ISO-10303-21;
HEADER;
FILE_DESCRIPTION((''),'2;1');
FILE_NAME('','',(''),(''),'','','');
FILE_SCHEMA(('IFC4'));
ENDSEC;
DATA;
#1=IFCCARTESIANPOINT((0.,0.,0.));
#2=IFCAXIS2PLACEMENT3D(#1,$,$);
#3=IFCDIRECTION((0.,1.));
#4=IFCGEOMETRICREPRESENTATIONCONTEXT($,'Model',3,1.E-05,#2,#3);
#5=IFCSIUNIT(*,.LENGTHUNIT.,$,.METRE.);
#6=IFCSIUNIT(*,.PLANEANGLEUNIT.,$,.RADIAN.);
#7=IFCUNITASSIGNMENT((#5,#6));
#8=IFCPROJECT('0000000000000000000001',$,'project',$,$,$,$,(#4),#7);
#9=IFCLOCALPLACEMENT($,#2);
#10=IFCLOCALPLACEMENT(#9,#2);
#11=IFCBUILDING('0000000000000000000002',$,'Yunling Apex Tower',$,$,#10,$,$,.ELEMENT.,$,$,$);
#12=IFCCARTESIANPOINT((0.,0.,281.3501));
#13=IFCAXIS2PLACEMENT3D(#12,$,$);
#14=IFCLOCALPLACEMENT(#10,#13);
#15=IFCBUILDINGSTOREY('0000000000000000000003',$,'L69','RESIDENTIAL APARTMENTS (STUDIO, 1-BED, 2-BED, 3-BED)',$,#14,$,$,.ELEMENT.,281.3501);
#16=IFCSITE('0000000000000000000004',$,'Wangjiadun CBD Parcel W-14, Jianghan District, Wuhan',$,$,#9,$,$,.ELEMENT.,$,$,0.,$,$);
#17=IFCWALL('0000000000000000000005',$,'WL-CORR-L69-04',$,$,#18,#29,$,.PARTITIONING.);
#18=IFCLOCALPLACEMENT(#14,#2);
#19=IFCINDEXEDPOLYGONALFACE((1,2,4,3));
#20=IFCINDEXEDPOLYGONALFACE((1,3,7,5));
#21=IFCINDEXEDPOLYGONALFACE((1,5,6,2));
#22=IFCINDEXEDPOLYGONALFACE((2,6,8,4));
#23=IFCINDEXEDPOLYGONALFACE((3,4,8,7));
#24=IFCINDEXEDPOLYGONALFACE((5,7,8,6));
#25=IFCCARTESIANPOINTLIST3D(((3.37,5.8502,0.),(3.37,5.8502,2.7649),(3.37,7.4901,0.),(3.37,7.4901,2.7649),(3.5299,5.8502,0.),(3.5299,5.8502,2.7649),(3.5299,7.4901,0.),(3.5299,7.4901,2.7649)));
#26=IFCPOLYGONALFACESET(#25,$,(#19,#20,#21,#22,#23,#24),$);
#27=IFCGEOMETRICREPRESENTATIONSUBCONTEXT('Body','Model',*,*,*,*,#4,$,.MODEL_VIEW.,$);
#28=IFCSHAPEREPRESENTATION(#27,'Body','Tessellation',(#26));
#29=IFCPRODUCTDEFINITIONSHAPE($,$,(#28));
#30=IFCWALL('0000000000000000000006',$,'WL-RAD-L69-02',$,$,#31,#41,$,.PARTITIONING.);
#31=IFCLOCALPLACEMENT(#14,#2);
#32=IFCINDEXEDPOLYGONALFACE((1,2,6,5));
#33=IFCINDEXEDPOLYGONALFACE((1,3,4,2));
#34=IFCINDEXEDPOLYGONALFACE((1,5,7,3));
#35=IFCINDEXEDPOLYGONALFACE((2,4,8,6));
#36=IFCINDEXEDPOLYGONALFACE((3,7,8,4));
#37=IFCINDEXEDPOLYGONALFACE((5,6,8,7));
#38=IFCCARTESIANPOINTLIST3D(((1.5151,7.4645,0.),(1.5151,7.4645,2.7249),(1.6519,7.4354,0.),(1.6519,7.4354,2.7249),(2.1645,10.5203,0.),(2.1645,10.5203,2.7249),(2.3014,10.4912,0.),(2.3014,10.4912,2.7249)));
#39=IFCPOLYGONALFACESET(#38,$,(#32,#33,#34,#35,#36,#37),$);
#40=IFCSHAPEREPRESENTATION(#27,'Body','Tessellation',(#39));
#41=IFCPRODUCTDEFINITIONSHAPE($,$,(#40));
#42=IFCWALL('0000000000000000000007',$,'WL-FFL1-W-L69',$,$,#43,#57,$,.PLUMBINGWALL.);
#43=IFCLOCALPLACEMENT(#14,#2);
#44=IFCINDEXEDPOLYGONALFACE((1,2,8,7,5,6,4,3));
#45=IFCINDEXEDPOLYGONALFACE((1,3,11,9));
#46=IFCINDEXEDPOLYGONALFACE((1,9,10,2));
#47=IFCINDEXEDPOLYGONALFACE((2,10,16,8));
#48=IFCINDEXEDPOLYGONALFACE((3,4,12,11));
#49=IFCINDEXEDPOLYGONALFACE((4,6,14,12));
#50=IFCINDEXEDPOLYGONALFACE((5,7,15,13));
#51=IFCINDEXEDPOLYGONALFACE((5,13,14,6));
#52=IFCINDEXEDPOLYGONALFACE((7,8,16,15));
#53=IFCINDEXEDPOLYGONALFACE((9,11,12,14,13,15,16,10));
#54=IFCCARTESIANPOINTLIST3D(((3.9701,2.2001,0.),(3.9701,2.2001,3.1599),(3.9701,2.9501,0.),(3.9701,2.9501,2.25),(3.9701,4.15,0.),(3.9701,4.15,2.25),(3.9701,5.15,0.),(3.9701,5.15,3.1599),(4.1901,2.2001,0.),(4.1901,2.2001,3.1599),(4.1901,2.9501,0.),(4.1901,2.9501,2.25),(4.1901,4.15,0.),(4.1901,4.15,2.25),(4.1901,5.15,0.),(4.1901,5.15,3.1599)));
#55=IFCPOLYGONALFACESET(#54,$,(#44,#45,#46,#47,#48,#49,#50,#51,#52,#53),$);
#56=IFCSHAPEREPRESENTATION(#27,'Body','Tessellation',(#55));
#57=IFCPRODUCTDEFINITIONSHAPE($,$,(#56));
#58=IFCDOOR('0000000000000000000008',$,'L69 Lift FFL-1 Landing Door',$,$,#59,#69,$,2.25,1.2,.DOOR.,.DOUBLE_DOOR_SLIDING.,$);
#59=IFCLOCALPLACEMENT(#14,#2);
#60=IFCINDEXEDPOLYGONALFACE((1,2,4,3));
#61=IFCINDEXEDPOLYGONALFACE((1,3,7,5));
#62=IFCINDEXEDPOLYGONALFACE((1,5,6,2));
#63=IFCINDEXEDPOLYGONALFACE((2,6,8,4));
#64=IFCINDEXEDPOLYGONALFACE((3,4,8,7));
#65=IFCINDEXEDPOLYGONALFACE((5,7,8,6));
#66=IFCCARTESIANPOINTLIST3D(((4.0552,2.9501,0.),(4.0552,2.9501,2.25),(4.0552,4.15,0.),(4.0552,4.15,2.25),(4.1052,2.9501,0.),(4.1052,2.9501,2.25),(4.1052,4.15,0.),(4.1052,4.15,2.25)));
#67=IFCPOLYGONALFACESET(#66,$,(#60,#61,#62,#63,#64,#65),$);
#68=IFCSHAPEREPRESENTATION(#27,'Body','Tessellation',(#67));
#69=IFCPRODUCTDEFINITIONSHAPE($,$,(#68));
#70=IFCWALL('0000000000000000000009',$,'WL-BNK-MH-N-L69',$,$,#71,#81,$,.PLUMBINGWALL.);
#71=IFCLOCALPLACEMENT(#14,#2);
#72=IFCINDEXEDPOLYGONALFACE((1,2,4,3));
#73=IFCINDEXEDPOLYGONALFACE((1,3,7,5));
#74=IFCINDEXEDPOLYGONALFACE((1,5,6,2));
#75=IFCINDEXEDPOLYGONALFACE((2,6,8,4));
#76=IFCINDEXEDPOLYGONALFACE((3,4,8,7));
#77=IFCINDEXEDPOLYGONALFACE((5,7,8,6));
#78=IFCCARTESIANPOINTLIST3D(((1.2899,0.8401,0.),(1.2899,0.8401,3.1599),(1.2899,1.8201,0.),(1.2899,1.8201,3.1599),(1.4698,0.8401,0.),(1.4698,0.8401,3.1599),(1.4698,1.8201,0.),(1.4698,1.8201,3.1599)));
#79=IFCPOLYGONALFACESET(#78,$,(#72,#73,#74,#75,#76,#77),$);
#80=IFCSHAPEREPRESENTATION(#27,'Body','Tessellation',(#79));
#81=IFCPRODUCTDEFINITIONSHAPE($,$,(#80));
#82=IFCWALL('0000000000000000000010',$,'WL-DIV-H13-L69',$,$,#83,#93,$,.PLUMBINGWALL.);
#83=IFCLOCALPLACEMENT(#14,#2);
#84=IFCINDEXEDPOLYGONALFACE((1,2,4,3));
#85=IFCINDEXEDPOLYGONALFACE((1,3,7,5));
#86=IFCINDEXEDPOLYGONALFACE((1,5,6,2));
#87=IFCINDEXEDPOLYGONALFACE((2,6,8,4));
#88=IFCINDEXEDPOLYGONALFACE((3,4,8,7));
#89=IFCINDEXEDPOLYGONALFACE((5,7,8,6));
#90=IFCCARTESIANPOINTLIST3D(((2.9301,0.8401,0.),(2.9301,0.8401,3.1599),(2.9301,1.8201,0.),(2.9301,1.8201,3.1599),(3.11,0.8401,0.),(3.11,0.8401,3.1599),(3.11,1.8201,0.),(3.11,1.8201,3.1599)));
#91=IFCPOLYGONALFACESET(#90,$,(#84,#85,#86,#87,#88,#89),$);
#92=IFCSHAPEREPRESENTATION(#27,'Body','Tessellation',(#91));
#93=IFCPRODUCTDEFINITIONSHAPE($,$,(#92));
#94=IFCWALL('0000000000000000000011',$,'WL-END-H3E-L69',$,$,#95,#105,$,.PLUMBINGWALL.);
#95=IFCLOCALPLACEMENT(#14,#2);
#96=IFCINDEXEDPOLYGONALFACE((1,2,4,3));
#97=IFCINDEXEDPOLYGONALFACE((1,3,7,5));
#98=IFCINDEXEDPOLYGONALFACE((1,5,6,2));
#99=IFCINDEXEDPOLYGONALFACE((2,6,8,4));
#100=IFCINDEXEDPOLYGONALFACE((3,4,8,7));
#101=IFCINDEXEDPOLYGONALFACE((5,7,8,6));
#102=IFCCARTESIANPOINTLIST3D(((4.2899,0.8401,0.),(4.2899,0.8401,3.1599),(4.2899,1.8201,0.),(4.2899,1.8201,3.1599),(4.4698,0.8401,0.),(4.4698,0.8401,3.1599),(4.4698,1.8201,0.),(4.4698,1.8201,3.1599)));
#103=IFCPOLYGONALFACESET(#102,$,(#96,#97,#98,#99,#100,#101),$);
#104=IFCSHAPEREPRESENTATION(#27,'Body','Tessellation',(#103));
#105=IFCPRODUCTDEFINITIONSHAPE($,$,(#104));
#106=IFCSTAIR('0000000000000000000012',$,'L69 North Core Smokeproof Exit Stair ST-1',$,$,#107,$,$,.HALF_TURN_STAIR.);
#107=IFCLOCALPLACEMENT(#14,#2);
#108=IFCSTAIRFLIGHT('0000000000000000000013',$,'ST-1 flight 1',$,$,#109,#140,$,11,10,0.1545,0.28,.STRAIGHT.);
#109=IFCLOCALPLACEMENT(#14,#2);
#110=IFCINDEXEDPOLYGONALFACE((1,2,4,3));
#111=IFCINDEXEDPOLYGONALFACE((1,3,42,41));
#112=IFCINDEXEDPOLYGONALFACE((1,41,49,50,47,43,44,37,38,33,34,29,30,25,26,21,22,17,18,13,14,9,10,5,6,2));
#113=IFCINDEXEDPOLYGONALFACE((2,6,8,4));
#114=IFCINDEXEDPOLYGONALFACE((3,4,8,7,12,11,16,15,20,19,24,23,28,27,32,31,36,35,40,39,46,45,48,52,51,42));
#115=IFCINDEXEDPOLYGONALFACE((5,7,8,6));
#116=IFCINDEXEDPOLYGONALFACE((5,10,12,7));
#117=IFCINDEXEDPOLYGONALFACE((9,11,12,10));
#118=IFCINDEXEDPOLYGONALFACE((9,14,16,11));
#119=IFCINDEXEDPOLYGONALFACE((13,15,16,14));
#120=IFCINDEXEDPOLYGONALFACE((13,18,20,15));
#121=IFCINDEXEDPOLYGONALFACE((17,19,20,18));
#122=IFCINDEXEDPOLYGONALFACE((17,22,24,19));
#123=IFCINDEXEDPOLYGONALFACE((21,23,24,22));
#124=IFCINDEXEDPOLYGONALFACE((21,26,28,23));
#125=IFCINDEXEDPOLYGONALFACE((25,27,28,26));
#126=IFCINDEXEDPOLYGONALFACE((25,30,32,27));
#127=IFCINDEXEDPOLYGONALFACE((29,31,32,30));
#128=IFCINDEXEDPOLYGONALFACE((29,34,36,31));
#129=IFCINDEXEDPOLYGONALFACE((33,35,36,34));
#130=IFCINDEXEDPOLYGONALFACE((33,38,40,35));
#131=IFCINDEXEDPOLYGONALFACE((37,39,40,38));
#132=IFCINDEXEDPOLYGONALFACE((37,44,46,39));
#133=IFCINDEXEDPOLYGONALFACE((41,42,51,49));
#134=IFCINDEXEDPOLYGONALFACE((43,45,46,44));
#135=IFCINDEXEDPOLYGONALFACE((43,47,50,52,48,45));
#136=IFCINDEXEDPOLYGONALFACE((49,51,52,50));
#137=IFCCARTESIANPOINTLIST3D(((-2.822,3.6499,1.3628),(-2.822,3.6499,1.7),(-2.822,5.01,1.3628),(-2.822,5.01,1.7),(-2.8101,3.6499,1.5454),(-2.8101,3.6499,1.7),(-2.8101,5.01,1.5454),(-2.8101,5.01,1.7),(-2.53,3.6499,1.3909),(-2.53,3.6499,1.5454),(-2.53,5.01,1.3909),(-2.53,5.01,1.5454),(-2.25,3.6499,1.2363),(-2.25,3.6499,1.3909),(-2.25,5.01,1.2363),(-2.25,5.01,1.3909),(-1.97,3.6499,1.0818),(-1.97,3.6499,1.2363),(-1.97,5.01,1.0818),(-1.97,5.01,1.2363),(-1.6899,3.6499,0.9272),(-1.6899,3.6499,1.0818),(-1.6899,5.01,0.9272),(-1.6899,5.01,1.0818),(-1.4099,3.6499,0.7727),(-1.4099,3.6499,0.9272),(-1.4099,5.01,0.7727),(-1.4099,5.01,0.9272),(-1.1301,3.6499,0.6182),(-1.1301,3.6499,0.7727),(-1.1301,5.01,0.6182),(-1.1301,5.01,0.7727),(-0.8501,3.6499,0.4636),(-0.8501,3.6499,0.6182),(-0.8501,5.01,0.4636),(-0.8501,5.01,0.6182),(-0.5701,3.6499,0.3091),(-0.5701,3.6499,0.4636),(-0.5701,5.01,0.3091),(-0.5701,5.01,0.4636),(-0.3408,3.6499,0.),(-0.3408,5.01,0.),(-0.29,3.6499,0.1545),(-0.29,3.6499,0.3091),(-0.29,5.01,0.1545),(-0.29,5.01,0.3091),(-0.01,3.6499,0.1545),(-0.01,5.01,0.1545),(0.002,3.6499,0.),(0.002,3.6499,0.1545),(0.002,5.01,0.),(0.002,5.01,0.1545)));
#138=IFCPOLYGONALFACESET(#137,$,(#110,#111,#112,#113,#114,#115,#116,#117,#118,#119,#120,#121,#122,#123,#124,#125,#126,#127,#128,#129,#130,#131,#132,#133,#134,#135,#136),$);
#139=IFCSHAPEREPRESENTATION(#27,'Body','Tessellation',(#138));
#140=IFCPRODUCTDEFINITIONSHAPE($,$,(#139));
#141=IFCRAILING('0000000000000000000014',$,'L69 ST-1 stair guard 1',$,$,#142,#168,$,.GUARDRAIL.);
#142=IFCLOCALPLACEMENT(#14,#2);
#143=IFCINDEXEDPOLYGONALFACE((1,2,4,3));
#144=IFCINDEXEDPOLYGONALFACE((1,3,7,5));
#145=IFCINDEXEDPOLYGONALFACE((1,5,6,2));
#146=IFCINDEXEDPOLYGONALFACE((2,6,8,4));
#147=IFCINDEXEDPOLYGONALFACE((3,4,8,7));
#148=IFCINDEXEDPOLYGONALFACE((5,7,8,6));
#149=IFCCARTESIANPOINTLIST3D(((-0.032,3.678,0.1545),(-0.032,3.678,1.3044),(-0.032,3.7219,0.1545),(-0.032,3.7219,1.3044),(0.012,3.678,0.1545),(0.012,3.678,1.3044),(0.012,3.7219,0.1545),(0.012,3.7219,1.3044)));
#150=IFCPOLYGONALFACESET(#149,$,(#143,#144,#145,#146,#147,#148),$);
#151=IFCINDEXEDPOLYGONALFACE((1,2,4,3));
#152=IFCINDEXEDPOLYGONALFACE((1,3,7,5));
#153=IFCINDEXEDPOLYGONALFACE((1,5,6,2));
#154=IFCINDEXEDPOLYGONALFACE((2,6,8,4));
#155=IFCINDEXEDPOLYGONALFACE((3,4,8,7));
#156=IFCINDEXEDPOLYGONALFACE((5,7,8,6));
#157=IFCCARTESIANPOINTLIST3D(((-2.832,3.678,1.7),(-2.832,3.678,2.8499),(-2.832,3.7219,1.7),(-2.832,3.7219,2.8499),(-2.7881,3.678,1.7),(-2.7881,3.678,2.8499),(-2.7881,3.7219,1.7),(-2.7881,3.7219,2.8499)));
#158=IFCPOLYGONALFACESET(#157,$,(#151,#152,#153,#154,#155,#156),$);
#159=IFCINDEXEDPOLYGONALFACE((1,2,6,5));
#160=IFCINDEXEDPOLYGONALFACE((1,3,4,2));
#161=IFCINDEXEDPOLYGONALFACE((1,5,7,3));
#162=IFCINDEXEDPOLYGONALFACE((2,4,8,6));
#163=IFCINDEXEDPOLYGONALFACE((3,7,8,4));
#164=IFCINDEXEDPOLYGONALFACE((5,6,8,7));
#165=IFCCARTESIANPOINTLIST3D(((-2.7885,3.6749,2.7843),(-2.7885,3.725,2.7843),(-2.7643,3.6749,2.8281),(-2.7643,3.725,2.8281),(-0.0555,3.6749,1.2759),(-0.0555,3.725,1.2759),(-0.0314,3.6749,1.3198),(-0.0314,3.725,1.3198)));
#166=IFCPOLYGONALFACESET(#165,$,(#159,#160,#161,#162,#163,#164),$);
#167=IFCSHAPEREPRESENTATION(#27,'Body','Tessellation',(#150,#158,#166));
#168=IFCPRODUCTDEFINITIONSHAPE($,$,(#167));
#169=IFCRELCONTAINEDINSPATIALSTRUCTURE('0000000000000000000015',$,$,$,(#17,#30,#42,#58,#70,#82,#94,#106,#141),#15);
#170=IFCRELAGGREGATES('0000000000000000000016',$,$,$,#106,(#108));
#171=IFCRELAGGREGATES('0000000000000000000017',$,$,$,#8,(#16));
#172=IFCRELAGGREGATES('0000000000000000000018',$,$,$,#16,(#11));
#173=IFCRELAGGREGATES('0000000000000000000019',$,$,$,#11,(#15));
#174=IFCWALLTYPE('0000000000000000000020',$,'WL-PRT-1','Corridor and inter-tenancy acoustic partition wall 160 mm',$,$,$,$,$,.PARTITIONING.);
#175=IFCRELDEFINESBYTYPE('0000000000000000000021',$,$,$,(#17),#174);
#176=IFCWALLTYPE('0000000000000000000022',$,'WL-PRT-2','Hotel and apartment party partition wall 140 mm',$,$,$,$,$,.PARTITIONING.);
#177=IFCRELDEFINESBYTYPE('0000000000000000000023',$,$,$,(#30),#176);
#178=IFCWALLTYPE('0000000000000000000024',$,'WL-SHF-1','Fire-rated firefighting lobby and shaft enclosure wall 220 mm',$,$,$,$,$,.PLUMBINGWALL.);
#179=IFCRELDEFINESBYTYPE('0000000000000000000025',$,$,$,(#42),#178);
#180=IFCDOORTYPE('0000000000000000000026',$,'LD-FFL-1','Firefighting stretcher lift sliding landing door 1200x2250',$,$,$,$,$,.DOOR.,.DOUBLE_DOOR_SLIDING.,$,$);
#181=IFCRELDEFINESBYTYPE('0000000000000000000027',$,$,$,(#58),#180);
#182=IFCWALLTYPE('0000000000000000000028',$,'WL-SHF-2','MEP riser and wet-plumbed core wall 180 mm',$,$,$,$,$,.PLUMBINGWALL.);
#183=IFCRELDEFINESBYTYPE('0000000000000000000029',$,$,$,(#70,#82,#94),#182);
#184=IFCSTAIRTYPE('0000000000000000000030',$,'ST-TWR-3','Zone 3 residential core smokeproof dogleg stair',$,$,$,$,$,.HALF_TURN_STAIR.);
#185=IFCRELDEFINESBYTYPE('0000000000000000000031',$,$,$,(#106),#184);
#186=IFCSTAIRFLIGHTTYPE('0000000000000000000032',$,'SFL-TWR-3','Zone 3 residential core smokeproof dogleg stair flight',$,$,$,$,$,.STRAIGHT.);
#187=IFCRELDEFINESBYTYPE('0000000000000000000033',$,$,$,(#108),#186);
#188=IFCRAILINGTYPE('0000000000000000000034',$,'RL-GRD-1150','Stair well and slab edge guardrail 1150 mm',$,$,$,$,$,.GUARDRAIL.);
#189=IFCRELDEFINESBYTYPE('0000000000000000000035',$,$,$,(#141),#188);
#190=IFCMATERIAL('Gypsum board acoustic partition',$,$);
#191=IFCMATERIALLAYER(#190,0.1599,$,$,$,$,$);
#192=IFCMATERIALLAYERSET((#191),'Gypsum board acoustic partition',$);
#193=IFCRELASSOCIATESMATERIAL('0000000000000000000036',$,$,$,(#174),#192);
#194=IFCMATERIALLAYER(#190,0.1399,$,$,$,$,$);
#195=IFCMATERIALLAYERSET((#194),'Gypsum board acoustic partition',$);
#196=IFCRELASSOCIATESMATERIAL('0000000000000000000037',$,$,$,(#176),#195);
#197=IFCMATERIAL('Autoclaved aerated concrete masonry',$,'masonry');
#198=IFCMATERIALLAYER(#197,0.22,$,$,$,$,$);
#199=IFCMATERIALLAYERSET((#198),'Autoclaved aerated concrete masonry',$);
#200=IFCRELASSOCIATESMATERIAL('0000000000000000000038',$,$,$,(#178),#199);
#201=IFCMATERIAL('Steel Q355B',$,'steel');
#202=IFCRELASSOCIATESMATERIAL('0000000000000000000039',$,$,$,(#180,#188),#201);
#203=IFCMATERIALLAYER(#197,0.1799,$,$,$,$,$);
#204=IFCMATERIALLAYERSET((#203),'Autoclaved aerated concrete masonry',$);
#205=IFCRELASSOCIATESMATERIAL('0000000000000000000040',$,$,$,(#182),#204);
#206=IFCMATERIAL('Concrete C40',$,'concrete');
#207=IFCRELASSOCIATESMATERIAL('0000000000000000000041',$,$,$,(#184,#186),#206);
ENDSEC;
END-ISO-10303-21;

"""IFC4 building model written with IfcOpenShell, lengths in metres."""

from ifc_helpers import new_model, si_unit, direction, frame, frame_2d, origin, origin_2d, place, context, subcontext, project, spatial, polyline, rectangle, outline, extrude, material, layer, layer_set, type_object, element, fill, aggregate, save


model = new_model("IFC4")

# Units and contexts
model_context = context("Model", 3, precision=1e-05, world=origin(), true_north=direction((0.0, 1.0)))
body_context = subcontext(model_context, "Body", "Model", "MODEL_VIEW")
ifc_project = project(units=[si_unit("LENGTHUNIT", "METRE"), si_unit("PLANEANGLEUNIT", "RADIAN")], contexts=[model_context])

# Site, building, storey
site_placement = place(None, origin())
site = spatial("IfcSite", under=ifc_project, at=site_placement, Name="Wangjiadun CBD Parcel W-14, Jianghan District, Wuhan", CompositionType="ELEMENT", RefElevation=0.0)
building_placement = place(site_placement, origin())
building = spatial("IfcBuilding", under=site, at=building_placement, Name="Yunling Apex Tower", CompositionType="ELEMENT")
storey_placement = place(building_placement, frame((0.0, 0.0, 281.3501)))
storey = spatial("IfcBuildingStorey", under=building, at=storey_placement, Name="L69", Description="RESIDENTIAL APARTMENTS (STUDIO, 1-BED, 2-BED, 3-BED)", CompositionType="ELEMENT", Elevation=281.3501)

# Shared definitions
ifc_material_1 = material(Name="Steel Q355B", Category="steel")

# Walls
ifc_material_2 = material(Name="Concrete C40", Category="concrete")
ifc_material_3 = material(Name="Gypsum board acoustic partition")
ifc_layer_1 = layer(ifc_material_3, 0.1599)
ifc_layer_set_1 = layer_set([ifc_layer_1], Name="Gypsum board acoustic partition")
wall_type_1 = type_object("IfcWallType", Name="WL-PRT-1", Description="Corridor and inter-tenancy acoustic partition wall 160 mm", PredefinedType="PARTITIONING", material=ifc_layer_set_1)
wall_1_placement = place(storey_placement, frame((3.45, 7.49, 0.0), z_axis=(0.0, 0.0, 1.0), x_axis=(0.0, -1.0, 0.0)))
element("IfcWall", 1, at=wall_1_placement, inside=storey, type_object=wall_type_1, Name="WL-CORR-L69-04", PredefinedType="PARTITIONING", context=body_context, shape_type="SweptSolid", body=[
    extrude(rectangle(XDim=1.6399, YDim=0.1599, at=frame_2d((0.8198, 0.0))), origin(), (0.0, 0.0, 1.0), 2.7649),
])
ifc_layer_2 = layer(ifc_material_3, 0.1399)
ifc_layer_set_2 = layer_set([ifc_layer_2], Name="Gypsum board acoustic partition")
wall_type_2 = type_object("IfcWallType", Name="WL-PRT-2", Description="Hotel and apartment party partition wall 140 mm", PredefinedType="PARTITIONING", material=ifc_layer_set_2)
wall_2_placement = place(storey_placement, frame((1.5835, 7.45, 0.0), z_axis=(0.0, 0.0, 1.0), x_axis=(0.207885, 0.978153, 0.0)))
element("IfcWall", 2, at=wall_2_placement, inside=storey, type_object=wall_type_2, Name="WL-RAD-L69-02", PredefinedType="PARTITIONING", context=body_context, shape_type="SweptSolid", body=[
    extrude(rectangle(XDim=3.124, YDim=0.1399, at=frame_2d((1.562, 0.0))), origin(), (0.0, 0.0, 1.0), 2.7249),
])

# Wall, opening, door
ifc_material_4 = material(Name="Autoclaved aerated concrete masonry", Category="masonry")
ifc_layer_3 = layer(ifc_material_4, 0.22)
ifc_layer_set_3 = layer_set([ifc_layer_3], Name="Autoclaved aerated concrete masonry")
wall_type_3 = type_object("IfcWallType", Name="WL-SHF-1", Description="Fire-rated firefighting lobby and shaft enclosure wall 220 mm", PredefinedType="PLUMBINGWALL", material=ifc_layer_set_3)
wall_3_placement = place(storey_placement, frame((4.0801, 2.2, 0.0), z_axis=(0.0, 0.0, 1.0), x_axis=(0.0, 1.0, 0.0)))
wall_3 = element("IfcWall", 3, at=wall_3_placement, inside=storey, type_object=wall_type_3, Name="WL-FFL1-W-L69", PredefinedType="PLUMBINGWALL", context=body_context, shape_type="SweptSolid", body=[
    extrude(rectangle(XDim=2.95, YDim=0.22, at=frame_2d((1.4751, 0.0))), origin(), (0.0, 0.0, 1.0), 3.1599),
])
opening_1_placement = place(wall_3_placement, frame((0.75, 0.0, 0.0)))
opening_1 = element("IfcOpeningElement", 4, at=opening_1_placement, cuts=wall_3, PredefinedType="OPENING", context=body_context, shape_type="SweptSolid", body=[
    extrude(rectangle(XDim=1.2, YDim=2.25, at=frame_2d((0.6001, 1.125))), frame((0.0, 0.1201, 0.0), z_axis=(0.0, -1.0, 0.0), x_axis=(1.0, 0.0, 0.0)), (0.0, 0.0, 1.0), 0.24),
])
door_type_1 = type_object("IfcDoorType", Name="LD-FFL-1", Description="Firefighting stretcher lift sliding landing door 1200x2250", OperationType="DOUBLE_DOOR_SLIDING", PredefinedType="DOOR", material=ifc_material_1)
door_1_placement = place(opening_1_placement, origin())
door_1 = element("IfcDoor", 5, at=door_1_placement, inside=storey, type_object=door_type_1, Name="L69 Lift FFL-1 Landing Door", OperationType="DOUBLE_DOOR_SLIDING", OverallHeight=2.25, OverallWidth=1.2, PredefinedType="DOOR", context=body_context, shape_type="SweptSolid", body=[
    extrude(rectangle(XDim=1.2, YDim=2.25, at=frame_2d((0.6001, 1.125))), frame((0.0, 0.0249, 0.0), z_axis=(0.0, -1.0, 0.0), x_axis=(1.0, 0.0, 0.0)), (0.0, 0.0, 1.0), 0.05),
])
fill(opening_1, door_1)

# Walls
ifc_layer_4 = layer(ifc_material_4, 0.1799)
ifc_layer_set_4 = layer_set([ifc_layer_4], Name="Autoclaved aerated concrete masonry")
wall_type_4 = type_object("IfcWallType", Name="WL-SHF-2", Description="MEP riser and wet-plumbed core wall 180 mm", PredefinedType="PLUMBINGWALL", material=ifc_layer_set_4)
for number, where, z_axis, x_axis, name in (
    (6, (1.3799, 0.8401, 0.0), (0.0, 0.0, 1.0), (0.0, 1.0, 0.0), "WL-BNK-MH-N-L69"),
    (7, (3.02, 0.8401, 0.0), (0.0, 0.0, 1.0), (0.0, 1.0, 0.0), "WL-DIV-H13-L69"),
    (8, (4.3799, 0.8401, 0.0), (0.0, 0.0, 1.0), (0.0, 1.0, 0.0), "WL-END-H3E-L69"),
):
    element("IfcWall", number, at=place(storey_placement, frame(where, z_axis=z_axis, x_axis=x_axis)), inside=storey, type_object=wall_type_4, Name=name, PredefinedType="PLUMBINGWALL", context=body_context, shape_type="SweptSolid", body=[
        extrude(rectangle(XDim=0.98, YDim=0.1799, at=frame_2d((0.49, 0.0))), origin(), (0.0, 0.0, 1.0), 3.1599),
    ])

# Stair, stair flight
stair_type = type_object("IfcStairType", Name="ST-TWR-3", Description="Zone 3 residential core smokeproof dogleg stair", PredefinedType="HALF_TURN_STAIR", material=ifc_material_2)
stair_placement = place(storey_placement, origin())
stair = element("IfcStair", 9, at=stair_placement, inside=storey, type_object=stair_type, Name="L69 North Core Smokeproof Exit Stair ST-1", PredefinedType="HALF_TURN_STAIR")
stair_flight_type = type_object("IfcStairFlightType", Name="SFL-TWR-3", Description="Zone 3 residential core smokeproof dogleg stair flight", PredefinedType="STRAIGHT", material=ifc_material_2)
stair_flight_placement = place(storey_placement, frame((-0.01, 4.3301, 0.0), z_axis=(0.0, 0.0, 1.0), x_axis=(-1.0, 0.0, 0.0)))
stair_flight = element("IfcStairFlight", 10, at=stair_flight_placement, type_object=stair_flight_type, Name="ST-1 flight 1", NumberOfRisers=11, NumberOfTreads=10, PredefinedType="STRAIGHT", RiserHeight=0.1545, TreadLength=0.28, context=body_context, shape_type="SweptSolid", body=[
    extrude(outline(polyline([(-0.012, 0.0), (-0.012, 0.1545), (0.0, 0.1545), (0.28, 0.1545), (0.28, 0.3091), (0.5601, 0.3091), (0.5601, 0.4636), (0.8401, 0.4636), (0.8401, 0.6182), (1.1201, 0.6182), (1.1201, 0.7727), (1.3999, 0.7727), (1.3999, 0.9272), (1.6799, 0.9272), (1.6799, 1.0818), (1.96, 1.0818), (1.96, 1.2363), (2.24, 1.2363), (2.24, 1.3909), (2.52, 1.3909), (2.52, 1.5454), (2.8, 1.5454), (2.8, 1.7), (2.812, 1.7), (2.812, 1.3628), (0.3308, 0.0), (-0.012, 0.0)])), frame((0.0, 0.6802, 0.0), z_axis=(0.0, -1.0, 0.0), x_axis=(1.0, 0.0, 0.0)), (0.0, 0.0, 1.0), 1.3601),
])
aggregate(stair, [stair_flight])

# Railing
railing_type_1 = type_object("IfcRailingType", Name="RL-GRD-1150", Description="Stair well and slab edge guardrail 1150 mm", PredefinedType="GUARDRAIL", material=ifc_material_1)
railing_1_placement = place(storey_placement, frame((-0.01, 3.7, 0.1545)))
element("IfcRailing", 11, at=railing_1_placement, inside=storey, type_object=railing_type_1, Name="L69 ST-1 stair guard 1", PredefinedType="GUARDRAIL", context=body_context, shape_type="SweptSolid", body=[
    extrude(rectangle(XDim=0.0439, YDim=0.0439, at=origin_2d()), origin(), (0.0, 0.0, 1.0), 1.1499),
    extrude(rectangle(XDim=0.0439, YDim=0.0439, at=origin_2d()), frame((-2.8, 0.0, 1.5454)), (0.0, 0.0, 1.0), 1.1499),
    extrude(rectangle(XDim=0.05, YDim=0.05, at=origin_2d()), frame((-0.0334, 0.0, 1.1433), z_axis=(-0.875504, 0.0, 0.483211), x_axis=(0.0, -1.0, 0.0)), (0.0, 0.0, 1.0), 3.1216),
])

save(model, "model.ifc")
